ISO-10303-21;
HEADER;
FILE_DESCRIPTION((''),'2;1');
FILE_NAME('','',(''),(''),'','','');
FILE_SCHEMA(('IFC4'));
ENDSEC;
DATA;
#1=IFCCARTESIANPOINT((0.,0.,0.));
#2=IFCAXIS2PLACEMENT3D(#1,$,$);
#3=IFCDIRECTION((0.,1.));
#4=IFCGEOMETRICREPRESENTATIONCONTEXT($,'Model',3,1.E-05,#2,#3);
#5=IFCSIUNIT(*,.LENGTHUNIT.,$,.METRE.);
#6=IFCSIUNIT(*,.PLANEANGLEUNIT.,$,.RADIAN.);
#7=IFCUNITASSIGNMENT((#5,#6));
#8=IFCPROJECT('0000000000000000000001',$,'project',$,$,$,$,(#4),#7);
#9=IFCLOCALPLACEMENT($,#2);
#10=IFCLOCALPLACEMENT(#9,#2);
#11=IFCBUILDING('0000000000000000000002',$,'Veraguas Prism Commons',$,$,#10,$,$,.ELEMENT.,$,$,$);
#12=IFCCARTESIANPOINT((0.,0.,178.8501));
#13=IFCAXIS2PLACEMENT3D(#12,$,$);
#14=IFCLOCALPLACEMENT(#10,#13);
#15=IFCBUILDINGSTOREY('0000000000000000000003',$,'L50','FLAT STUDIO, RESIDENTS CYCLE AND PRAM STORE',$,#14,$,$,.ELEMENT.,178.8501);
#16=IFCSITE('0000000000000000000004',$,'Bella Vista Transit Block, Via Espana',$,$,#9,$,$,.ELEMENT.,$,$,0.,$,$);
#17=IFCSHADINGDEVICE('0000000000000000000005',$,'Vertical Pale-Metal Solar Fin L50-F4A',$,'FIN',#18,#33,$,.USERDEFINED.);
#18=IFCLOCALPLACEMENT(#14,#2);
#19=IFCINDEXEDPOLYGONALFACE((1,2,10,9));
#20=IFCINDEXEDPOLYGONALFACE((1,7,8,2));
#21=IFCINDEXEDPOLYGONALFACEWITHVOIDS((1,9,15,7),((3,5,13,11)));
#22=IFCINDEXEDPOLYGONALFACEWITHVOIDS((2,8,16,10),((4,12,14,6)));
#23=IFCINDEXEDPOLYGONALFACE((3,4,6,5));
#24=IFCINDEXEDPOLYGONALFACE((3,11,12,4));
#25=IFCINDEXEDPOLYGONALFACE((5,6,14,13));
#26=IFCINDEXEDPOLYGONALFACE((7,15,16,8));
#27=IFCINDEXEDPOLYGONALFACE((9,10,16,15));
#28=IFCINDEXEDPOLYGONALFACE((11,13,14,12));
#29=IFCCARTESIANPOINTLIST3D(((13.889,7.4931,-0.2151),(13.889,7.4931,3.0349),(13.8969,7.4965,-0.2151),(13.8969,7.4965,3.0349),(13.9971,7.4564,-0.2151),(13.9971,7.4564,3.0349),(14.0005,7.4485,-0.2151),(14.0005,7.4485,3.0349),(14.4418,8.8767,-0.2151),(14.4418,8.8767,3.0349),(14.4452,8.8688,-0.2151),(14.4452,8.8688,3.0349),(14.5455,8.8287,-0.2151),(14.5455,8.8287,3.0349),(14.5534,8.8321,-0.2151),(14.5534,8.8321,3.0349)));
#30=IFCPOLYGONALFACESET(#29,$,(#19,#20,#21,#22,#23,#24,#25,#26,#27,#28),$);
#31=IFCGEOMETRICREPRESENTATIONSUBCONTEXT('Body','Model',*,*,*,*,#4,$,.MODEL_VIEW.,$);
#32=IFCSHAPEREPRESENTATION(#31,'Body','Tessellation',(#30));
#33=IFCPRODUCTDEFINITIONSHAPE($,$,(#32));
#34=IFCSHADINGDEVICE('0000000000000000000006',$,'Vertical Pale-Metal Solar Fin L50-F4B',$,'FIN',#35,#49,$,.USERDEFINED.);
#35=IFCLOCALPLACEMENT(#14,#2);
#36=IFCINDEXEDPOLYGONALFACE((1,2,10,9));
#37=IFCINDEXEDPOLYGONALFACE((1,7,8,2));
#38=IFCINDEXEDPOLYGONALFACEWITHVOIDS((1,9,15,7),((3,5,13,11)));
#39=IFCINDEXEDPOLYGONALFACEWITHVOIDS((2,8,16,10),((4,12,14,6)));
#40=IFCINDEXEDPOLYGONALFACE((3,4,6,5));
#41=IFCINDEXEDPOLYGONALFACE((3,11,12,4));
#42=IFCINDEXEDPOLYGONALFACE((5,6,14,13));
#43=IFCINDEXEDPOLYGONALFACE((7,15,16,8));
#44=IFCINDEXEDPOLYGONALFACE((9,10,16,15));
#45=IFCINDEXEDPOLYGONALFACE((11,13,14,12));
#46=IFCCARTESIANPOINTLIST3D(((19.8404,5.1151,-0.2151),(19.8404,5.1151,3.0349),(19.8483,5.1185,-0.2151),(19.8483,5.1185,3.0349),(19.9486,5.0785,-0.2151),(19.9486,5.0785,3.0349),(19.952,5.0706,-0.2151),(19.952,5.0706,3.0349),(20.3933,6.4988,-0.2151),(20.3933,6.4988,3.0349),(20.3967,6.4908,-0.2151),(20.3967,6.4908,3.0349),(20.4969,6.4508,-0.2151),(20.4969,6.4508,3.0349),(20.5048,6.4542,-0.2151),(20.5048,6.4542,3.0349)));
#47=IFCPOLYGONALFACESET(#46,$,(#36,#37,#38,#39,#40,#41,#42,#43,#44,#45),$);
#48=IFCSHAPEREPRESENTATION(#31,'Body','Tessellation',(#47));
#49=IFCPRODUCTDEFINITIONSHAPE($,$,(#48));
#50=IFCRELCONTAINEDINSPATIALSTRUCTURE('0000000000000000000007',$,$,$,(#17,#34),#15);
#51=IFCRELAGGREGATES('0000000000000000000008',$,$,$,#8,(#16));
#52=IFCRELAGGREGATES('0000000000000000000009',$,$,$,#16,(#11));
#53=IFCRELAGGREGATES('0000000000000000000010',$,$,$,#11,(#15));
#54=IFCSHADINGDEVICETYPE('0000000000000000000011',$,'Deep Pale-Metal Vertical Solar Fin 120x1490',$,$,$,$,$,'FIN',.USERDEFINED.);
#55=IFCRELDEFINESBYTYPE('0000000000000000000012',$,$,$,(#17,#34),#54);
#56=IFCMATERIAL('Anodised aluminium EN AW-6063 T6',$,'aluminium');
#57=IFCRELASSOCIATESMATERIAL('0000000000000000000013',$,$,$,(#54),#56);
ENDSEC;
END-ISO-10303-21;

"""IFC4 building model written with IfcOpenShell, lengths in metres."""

from ifc_helpers import new_model, si_unit, direction, frame, origin, origin_2d, place, context, subcontext, project, spatial, hollow_rectangle, extrude, material, material_profile, profile_set, type_object, element, save


model = new_model("IFC4")

# Units and contexts
model_context = context("Model", 3, precision=1e-05, world=origin(), true_north=direction((0.0, 1.0)))
body_context = subcontext(model_context, "Body", "Model", "MODEL_VIEW")
ifc_project = project(units=[si_unit("LENGTHUNIT", "METRE"), si_unit("PLANEANGLEUNIT", "RADIAN")], contexts=[model_context])

# Site, building, storey
site_placement = place(None, origin())
site = spatial("IfcSite", under=ifc_project, at=site_placement, Name="Bella Vista Transit Block, Via Espana", CompositionType="ELEMENT", RefElevation=0.0)
building_placement = place(site_placement, origin())
building = spatial("IfcBuilding", under=site, at=building_placement, Name="Veraguas Prism Commons", CompositionType="ELEMENT")
storey_placement = place(building_placement, frame((0.0, 0.0, 178.8501)))
storey = spatial("IfcBuildingStorey", under=building, at=storey_placement, Name="L50", Description="FLAT STUDIO, RESIDENTS CYCLE AND PRAM STORE", CompositionType="ELEMENT", Elevation=178.8501)

# Shared definitions
ifc_material_1 = material(Name="Anodised aluminium EN AW-6063 T6", Category="aluminium")

# Shading devices
ifc_material_profile_1 = material_profile(ifc_material_1, hollow_rectangle(XDim=0.1201, YDim=1.49, WallThickness=0.0061, at=origin_2d()), Name="FIN120X1490X6")
ifc_profile_set_1 = profile_set([ifc_material_profile_1], Name="Anodised aluminium EN AW-6063 T6")
shading_device_type = type_object("IfcShadingDeviceType", Name="Deep Pale-Metal Vertical Solar Fin 120x1490", ElementType="FIN", PredefinedType="USERDEFINED", material=ifc_profile_set_1)
for number, where, z_axis, x_axis, name in (
    (1, (14.2212, 8.1626, -0.2151), (0.0, 0.0, 1.0), (0.928616, -0.371042, 0.0), "Vertical Pale-Metal Solar Fin L50-F4A"),
    (2, (20.1726, 5.7847, -0.2151), (0.0, 0.0, 1.0), (0.928616, -0.371042, 0.0), "Vertical Pale-Metal Solar Fin L50-F4B"),
):
    element("IfcShadingDevice", number, at=place(storey_placement, frame(where, z_axis=z_axis, x_axis=x_axis)), inside=storey, type_object=shading_device_type, Name=name, ObjectType="FIN", PredefinedType="USERDEFINED", context=body_context, shape_type="SweptSolid", body=[
        extrude(hollow_rectangle(XDim=0.1201, YDim=1.49, WallThickness=0.0061, at=origin_2d()), origin(), (0.0, 0.0, 1.0), 3.25),
    ])

save(model, "model.ifc")
